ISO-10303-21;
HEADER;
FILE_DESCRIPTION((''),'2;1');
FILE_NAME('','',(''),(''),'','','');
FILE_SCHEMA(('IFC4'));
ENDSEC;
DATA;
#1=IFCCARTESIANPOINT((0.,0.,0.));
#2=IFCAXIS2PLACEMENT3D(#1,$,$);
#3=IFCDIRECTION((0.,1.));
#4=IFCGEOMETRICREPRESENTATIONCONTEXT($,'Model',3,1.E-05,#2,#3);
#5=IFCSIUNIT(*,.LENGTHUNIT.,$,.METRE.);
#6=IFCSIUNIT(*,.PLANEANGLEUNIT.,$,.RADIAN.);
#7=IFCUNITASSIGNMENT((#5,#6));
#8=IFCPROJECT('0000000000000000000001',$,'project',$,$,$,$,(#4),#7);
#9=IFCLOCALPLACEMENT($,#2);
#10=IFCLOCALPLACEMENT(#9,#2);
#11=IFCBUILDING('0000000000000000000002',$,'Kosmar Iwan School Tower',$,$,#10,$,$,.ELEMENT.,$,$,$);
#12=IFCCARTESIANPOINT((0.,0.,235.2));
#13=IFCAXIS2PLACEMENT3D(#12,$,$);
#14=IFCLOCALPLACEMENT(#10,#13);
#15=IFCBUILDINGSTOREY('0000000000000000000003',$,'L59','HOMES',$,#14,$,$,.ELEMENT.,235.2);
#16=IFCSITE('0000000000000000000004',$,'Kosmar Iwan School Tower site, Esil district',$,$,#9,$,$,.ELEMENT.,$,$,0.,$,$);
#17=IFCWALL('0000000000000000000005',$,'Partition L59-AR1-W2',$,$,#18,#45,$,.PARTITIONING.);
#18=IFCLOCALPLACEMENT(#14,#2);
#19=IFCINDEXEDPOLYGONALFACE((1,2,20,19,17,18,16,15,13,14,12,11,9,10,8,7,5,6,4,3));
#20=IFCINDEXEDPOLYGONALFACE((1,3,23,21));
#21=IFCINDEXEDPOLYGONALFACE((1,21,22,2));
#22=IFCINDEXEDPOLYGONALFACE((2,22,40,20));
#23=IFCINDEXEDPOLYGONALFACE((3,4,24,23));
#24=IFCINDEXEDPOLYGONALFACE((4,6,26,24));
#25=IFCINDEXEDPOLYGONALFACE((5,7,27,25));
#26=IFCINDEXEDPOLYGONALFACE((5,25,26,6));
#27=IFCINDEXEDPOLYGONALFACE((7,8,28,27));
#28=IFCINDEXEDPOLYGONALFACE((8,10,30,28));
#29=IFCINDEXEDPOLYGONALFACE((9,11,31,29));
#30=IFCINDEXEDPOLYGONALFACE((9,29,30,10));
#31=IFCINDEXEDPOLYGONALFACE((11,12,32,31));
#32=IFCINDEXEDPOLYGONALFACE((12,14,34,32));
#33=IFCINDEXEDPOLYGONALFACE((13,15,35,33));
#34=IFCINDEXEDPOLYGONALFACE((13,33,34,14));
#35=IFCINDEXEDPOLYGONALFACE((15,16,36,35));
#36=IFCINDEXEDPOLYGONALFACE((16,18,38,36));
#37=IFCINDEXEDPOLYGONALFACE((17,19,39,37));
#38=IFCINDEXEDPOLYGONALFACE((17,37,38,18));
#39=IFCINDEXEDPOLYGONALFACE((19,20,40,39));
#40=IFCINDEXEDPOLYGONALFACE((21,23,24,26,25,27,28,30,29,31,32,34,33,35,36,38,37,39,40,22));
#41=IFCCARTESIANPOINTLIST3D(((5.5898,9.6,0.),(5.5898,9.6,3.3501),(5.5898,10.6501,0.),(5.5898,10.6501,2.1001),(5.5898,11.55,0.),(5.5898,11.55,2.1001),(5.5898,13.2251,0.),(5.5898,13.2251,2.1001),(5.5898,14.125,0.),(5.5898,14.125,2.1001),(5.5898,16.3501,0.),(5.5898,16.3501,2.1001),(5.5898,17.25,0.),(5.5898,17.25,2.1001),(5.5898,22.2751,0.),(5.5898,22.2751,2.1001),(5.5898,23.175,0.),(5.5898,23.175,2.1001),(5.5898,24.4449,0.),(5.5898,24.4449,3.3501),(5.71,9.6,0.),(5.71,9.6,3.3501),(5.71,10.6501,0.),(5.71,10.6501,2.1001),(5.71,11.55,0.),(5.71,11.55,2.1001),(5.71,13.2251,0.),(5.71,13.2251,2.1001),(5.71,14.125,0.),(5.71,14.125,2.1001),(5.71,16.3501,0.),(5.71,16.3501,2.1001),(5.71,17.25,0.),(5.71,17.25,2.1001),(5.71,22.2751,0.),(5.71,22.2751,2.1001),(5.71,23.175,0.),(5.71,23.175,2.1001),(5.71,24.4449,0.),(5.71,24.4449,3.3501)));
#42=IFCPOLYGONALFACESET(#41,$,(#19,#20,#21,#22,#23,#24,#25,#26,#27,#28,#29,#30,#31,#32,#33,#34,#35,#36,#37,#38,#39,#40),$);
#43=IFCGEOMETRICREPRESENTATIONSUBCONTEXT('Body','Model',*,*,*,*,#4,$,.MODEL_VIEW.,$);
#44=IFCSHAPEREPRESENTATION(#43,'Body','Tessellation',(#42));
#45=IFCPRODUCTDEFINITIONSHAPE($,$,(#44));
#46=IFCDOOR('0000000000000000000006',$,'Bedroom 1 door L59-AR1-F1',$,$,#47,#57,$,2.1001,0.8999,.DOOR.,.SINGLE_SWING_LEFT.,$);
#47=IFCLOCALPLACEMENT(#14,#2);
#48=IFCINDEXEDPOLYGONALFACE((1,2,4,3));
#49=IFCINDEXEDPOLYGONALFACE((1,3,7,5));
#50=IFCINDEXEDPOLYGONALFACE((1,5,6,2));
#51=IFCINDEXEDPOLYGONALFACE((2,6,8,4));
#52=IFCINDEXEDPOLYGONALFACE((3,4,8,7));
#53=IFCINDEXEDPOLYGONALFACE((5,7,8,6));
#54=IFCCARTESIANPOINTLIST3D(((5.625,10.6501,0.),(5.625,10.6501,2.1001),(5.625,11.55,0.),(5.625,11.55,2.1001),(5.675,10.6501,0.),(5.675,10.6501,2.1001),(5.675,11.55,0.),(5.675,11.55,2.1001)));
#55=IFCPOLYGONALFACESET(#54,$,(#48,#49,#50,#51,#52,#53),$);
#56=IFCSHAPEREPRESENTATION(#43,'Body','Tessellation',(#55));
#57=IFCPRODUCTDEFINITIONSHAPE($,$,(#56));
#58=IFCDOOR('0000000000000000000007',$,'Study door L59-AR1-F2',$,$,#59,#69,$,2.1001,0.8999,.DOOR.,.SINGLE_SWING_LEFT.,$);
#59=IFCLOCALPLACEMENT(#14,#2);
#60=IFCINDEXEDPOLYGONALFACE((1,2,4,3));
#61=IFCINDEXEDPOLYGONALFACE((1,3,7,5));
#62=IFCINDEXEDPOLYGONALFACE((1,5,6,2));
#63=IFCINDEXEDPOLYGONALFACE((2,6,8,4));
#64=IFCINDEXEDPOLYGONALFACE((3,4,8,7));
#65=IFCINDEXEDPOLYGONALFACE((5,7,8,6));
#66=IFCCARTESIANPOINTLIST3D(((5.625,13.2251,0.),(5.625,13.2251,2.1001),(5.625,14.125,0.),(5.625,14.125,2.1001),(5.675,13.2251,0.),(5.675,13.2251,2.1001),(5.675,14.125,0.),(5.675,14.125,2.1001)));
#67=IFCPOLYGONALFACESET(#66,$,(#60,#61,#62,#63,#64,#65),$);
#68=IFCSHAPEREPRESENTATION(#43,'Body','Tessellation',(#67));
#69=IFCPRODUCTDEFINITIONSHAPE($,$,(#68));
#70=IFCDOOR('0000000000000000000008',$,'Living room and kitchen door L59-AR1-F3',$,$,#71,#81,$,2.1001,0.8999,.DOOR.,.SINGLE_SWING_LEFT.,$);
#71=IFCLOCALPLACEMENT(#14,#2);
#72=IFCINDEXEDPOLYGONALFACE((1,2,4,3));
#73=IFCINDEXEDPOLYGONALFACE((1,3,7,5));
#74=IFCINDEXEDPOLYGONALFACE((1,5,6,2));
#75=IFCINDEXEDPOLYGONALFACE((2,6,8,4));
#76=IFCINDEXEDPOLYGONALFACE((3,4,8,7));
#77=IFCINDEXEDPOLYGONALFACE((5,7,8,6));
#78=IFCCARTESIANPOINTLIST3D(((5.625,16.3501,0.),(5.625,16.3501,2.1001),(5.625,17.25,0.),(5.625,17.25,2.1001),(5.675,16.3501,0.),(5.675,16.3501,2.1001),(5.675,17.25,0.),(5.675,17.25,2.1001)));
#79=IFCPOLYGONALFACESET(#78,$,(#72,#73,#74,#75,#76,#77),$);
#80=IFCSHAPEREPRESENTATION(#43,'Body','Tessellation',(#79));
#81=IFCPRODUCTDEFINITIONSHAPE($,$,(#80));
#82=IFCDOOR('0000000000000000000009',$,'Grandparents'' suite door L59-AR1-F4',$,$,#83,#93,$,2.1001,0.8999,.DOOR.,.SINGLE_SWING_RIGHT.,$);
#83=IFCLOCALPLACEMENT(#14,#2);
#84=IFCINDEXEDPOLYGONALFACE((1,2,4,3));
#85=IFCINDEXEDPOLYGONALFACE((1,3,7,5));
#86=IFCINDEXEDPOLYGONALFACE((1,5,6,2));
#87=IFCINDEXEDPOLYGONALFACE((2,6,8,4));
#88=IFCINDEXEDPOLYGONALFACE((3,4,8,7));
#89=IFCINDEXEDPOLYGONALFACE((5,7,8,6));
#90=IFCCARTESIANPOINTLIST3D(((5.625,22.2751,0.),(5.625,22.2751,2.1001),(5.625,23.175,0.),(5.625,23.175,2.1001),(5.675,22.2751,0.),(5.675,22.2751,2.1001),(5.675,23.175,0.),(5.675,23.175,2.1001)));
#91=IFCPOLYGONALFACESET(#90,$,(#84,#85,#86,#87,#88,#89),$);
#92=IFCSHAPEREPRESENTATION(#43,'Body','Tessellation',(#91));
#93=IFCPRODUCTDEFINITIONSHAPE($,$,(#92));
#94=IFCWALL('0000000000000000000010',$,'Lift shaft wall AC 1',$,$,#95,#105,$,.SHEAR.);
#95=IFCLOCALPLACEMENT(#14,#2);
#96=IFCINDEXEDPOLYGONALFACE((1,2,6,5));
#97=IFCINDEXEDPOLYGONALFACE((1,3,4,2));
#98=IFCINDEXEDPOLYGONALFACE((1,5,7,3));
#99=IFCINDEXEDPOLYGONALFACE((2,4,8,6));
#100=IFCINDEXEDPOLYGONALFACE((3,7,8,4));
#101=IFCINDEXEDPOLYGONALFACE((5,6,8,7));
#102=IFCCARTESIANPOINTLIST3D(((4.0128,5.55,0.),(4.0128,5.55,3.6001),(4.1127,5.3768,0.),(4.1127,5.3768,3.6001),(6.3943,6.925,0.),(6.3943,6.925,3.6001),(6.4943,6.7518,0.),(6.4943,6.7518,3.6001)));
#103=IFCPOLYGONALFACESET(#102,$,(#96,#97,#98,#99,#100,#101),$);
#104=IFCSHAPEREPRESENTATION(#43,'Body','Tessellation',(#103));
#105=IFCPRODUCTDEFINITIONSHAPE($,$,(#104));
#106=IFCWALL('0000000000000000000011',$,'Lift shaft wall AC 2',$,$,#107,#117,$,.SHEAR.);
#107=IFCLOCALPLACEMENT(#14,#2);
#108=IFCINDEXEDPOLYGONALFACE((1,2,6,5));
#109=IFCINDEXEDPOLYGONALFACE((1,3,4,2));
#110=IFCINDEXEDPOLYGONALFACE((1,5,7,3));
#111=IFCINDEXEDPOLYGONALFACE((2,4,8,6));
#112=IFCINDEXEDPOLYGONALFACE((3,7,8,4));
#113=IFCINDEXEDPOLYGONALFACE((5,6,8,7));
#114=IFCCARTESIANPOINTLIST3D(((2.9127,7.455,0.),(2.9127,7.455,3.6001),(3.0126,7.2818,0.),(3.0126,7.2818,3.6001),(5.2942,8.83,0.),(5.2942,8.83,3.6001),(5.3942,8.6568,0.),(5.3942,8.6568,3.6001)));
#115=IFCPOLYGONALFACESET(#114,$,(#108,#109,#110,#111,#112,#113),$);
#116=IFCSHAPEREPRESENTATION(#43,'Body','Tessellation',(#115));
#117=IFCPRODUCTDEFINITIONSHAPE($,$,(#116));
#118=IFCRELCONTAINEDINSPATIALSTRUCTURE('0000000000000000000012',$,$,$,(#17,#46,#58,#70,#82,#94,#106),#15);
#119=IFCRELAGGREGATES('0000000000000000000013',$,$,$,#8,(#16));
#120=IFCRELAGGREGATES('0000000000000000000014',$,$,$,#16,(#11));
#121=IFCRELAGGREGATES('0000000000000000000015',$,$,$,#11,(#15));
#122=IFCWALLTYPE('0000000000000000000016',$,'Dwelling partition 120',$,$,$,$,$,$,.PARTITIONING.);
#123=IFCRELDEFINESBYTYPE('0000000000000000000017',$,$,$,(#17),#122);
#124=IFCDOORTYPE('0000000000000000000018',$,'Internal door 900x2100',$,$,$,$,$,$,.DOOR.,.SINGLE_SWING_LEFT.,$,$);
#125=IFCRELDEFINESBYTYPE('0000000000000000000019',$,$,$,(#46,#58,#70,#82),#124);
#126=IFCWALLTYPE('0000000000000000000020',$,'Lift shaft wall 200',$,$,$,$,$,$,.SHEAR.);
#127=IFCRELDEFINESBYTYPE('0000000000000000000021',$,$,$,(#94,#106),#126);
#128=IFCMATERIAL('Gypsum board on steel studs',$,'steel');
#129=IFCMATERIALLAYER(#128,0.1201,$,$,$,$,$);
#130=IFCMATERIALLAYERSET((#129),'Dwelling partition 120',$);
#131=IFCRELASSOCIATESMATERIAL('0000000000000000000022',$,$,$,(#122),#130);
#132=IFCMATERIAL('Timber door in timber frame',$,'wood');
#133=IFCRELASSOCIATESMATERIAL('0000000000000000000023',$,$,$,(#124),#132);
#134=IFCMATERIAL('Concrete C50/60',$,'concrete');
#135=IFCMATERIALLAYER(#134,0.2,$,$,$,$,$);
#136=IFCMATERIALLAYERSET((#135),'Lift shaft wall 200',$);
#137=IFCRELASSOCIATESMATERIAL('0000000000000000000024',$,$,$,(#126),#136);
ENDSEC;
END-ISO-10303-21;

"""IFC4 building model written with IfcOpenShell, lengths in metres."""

from ifc_helpers import new_model, si_unit, direction, frame, frame_2d, origin, place, context, subcontext, project, spatial, rectangle, extrude, material, layer, layer_set, type_object, element, fill, save


model = new_model("IFC4")

# Units and contexts
model_context = context("Model", 3, precision=1e-05, world=origin(), true_north=direction((0.0, 1.0)))
body_context = subcontext(model_context, "Body", "Model", "MODEL_VIEW")
ifc_project = project(units=[si_unit("LENGTHUNIT", "METRE"), si_unit("PLANEANGLEUNIT", "RADIAN")], contexts=[model_context])

# Site, building, storey
site_placement = place(None, origin())
site = spatial("IfcSite", under=ifc_project, at=site_placement, Name="Kosmar Iwan School Tower site, Esil district", CompositionType="ELEMENT", RefElevation=0.0)
building_placement = place(site_placement, origin())
building = spatial("IfcBuilding", under=site, at=building_placement, Name="Kosmar Iwan School Tower", CompositionType="ELEMENT")
storey_placement = place(building_placement, frame((0.0, 0.0, 235.2)))
storey = spatial("IfcBuildingStorey", under=building, at=storey_placement, Name="L59", Description="HOMES", CompositionType="ELEMENT", Elevation=235.2)

# Wall, openings, doors
ifc_material_1 = material(Name="Gypsum board on steel studs", Category="steel")
ifc_layer_1 = layer(ifc_material_1, 0.1201)
ifc_layer_set_1 = layer_set([ifc_layer_1], Name="Dwelling partition 120")
wall_type_1 = type_object("IfcWallType", Name="Dwelling partition 120", PredefinedType="PARTITIONING", material=ifc_layer_set_1)
ifc_material_2 = material(Name="Timber door in timber frame", Category="wood")
door_type_1 = type_object("IfcDoorType", Name="Internal door 900x2100", OperationType="SINGLE_SWING_LEFT", PredefinedType="DOOR", material=ifc_material_2)
wall_1_placement = place(storey_placement, frame((5.6499, 9.6001, 0.0), z_axis=(0.0, 0.0, 1.0), x_axis=(0.0, 1.0, 0.0)))
wall_1 = element("IfcWall", 1, at=wall_1_placement, inside=storey, type_object=wall_type_1, Name="Partition L59-AR1-W2", PredefinedType="PARTITIONING", context=body_context, shape_type="SweptSolid", body=[
    extrude(rectangle(XDim=14.845, YDim=0.1201, at=frame_2d((7.4224, 0.0))), origin(), (0.0, 0.0, 1.0), 3.3501),
])
opening_1_placement = place(wall_1_placement, frame((1.05, 0.0, 0.0)))
opening_1 = element("IfcOpeningElement", 2, at=opening_1_placement, cuts=wall_1, PredefinedType="OPENING", context=body_context, shape_type="SweptSolid", body=[
    extrude(rectangle(XDim=0.8999, YDim=2.1001, at=frame_2d((0.45, 1.05))), frame((0.0, 0.072, 0.0), z_axis=(0.0, -1.0, 0.0), x_axis=(1.0, 0.0, 0.0)), (0.0, 0.0, 1.0), 0.144),
])
opening_2_placement = place(wall_1_placement, frame((3.625, 0.0, 0.0)))
opening_2 = element("IfcOpeningElement", 3, at=opening_2_placement, cuts=wall_1, PredefinedType="OPENING", context=body_context, shape_type="SweptSolid", body=[
    extrude(rectangle(XDim=0.8999, YDim=2.1001, at=frame_2d((0.45, 1.05))), frame((0.0, 0.072, 0.0), z_axis=(0.0, -1.0, 0.0), x_axis=(1.0, 0.0, 0.0)), (0.0, 0.0, 1.0), 0.144),
])
opening_3_placement = place(wall_1_placement, frame((6.75, 0.0, 0.0)))
opening_3 = element("IfcOpeningElement", 4, at=opening_3_placement, cuts=wall_1, PredefinedType="OPENING", context=body_context, shape_type="SweptSolid", body=[
    extrude(rectangle(XDim=0.8999, YDim=2.1001, at=frame_2d((0.45, 1.05))), frame((0.0, 0.072, 0.0), z_axis=(0.0, -1.0, 0.0), x_axis=(1.0, 0.0, 0.0)), (0.0, 0.0, 1.0), 0.144),
])
opening_4_placement = place(wall_1_placement, frame((12.675, 0.0, 0.0)))
opening_4 = element("IfcOpeningElement", 5, at=opening_4_placement, cuts=wall_1, PredefinedType="OPENING", context=body_context, shape_type="SweptSolid", body=[
    extrude(rectangle(XDim=0.8999, YDim=2.1001, at=frame_2d((0.45, 1.05))), frame((0.0, 0.072, 0.0), z_axis=(0.0, -1.0, 0.0), x_axis=(1.0, 0.0, 0.0)), (0.0, 0.0, 1.0), 0.144),
])
door_1_placement = place(opening_1_placement, origin())
door_1 = element("IfcDoor", 6, at=door_1_placement, inside=storey, type_object=door_type_1, Name="Bedroom 1 door L59-AR1-F1", OperationType="SINGLE_SWING_LEFT", OverallHeight=2.1001, OverallWidth=0.8999, PredefinedType="DOOR", context=body_context, shape_type="SweptSolid", body=[
    extrude(rectangle(XDim=0.8999, YDim=2.1001, at=frame_2d((0.45, 1.05))), frame((0.0, 0.0249, 0.0), z_axis=(0.0, -1.0, 0.0), x_axis=(1.0, 0.0, 0.0)), (0.0, 0.0, 1.0), 0.05),
])
fill(opening_1, door_1)
door_2_placement = place(opening_2_placement, origin())
door_2 = element("IfcDoor", 7, at=door_2_placement, inside=storey, type_object=door_type_1, Name="Study door L59-AR1-F2", OperationType="SINGLE_SWING_LEFT", OverallHeight=2.1001, OverallWidth=0.8999, PredefinedType="DOOR", context=body_context, shape_type="SweptSolid", body=[
    extrude(rectangle(XDim=0.8999, YDim=2.1001, at=frame_2d((0.45, 1.05))), frame((0.0, 0.0249, 0.0), z_axis=(0.0, -1.0, 0.0), x_axis=(1.0, 0.0, 0.0)), (0.0, 0.0, 1.0), 0.05),
])
fill(opening_2, door_2)
door_3_placement = place(opening_3_placement, origin())
door_3 = element("IfcDoor", 8, at=door_3_placement, inside=storey, type_object=door_type_1, Name="Living room and kitchen door L59-AR1-F3", OperationType="SINGLE_SWING_LEFT", OverallHeight=2.1001, OverallWidth=0.8999, PredefinedType="DOOR", context=body_context, shape_type="SweptSolid", body=[
    extrude(rectangle(XDim=0.8999, YDim=2.1001, at=frame_2d((0.45, 1.05))), frame((0.0, 0.0249, 0.0), z_axis=(0.0, -1.0, 0.0), x_axis=(1.0, 0.0, 0.0)), (0.0, 0.0, 1.0), 0.05),
])
fill(opening_3, door_3)
door_4_placement = place(opening_4_placement, origin())
door_4 = element("IfcDoor", 9, at=door_4_placement, inside=storey, type_object=door_type_1, Name="Grandparents' suite door L59-AR1-F4", OperationType="SINGLE_SWING_RIGHT", OverallHeight=2.1001, OverallWidth=0.8999, PredefinedType="DOOR", context=body_context, shape_type="SweptSolid", body=[
    extrude(rectangle(XDim=0.8999, YDim=2.1001, at=frame_2d((0.45, 1.05))), frame((0.0, 0.0249, 0.0), z_axis=(0.0, -1.0, 0.0), x_axis=(1.0, 0.0, 0.0)), (0.0, 0.0, 1.0), 0.05),
])
fill(opening_4, door_4)

# Walls
ifc_material_3 = material(Name="Concrete C50/60", Category="concrete")
ifc_layer_2 = layer(ifc_material_3, 0.2)
ifc_layer_set_2 = layer_set([ifc_layer_2], Name="Lift shaft wall 200")
wall_type_2 = type_object("IfcWallType", Name="Lift shaft wall 200", PredefinedType="SHEAR", material=ifc_layer_set_2)
for number, where, z_axis, x_axis, name in (
    (10, (4.0627, 5.4634, 0.0), (0.0, 0.0, 1.0), (0.866027, 0.499997, 0.0), "Lift shaft wall AC 1"),
    (11, (2.9626, 7.3684, 0.0), (0.0, 0.0, 1.0), (0.866027, 0.499997, 0.0), "Lift shaft wall AC 2"),
):
    element("IfcWall", number, at=place(storey_placement, frame(where, z_axis=z_axis, x_axis=x_axis)), inside=storey, type_object=wall_type_2, Name=name, PredefinedType="SHEAR", context=body_context, shape_type="SweptSolid", body=[
        extrude(rectangle(XDim=2.75, YDim=0.2, at=frame_2d((1.375, 0.0))), origin(), (0.0, 0.0, 1.0), 3.6001),
    ])

save(model, "model.ifc")
